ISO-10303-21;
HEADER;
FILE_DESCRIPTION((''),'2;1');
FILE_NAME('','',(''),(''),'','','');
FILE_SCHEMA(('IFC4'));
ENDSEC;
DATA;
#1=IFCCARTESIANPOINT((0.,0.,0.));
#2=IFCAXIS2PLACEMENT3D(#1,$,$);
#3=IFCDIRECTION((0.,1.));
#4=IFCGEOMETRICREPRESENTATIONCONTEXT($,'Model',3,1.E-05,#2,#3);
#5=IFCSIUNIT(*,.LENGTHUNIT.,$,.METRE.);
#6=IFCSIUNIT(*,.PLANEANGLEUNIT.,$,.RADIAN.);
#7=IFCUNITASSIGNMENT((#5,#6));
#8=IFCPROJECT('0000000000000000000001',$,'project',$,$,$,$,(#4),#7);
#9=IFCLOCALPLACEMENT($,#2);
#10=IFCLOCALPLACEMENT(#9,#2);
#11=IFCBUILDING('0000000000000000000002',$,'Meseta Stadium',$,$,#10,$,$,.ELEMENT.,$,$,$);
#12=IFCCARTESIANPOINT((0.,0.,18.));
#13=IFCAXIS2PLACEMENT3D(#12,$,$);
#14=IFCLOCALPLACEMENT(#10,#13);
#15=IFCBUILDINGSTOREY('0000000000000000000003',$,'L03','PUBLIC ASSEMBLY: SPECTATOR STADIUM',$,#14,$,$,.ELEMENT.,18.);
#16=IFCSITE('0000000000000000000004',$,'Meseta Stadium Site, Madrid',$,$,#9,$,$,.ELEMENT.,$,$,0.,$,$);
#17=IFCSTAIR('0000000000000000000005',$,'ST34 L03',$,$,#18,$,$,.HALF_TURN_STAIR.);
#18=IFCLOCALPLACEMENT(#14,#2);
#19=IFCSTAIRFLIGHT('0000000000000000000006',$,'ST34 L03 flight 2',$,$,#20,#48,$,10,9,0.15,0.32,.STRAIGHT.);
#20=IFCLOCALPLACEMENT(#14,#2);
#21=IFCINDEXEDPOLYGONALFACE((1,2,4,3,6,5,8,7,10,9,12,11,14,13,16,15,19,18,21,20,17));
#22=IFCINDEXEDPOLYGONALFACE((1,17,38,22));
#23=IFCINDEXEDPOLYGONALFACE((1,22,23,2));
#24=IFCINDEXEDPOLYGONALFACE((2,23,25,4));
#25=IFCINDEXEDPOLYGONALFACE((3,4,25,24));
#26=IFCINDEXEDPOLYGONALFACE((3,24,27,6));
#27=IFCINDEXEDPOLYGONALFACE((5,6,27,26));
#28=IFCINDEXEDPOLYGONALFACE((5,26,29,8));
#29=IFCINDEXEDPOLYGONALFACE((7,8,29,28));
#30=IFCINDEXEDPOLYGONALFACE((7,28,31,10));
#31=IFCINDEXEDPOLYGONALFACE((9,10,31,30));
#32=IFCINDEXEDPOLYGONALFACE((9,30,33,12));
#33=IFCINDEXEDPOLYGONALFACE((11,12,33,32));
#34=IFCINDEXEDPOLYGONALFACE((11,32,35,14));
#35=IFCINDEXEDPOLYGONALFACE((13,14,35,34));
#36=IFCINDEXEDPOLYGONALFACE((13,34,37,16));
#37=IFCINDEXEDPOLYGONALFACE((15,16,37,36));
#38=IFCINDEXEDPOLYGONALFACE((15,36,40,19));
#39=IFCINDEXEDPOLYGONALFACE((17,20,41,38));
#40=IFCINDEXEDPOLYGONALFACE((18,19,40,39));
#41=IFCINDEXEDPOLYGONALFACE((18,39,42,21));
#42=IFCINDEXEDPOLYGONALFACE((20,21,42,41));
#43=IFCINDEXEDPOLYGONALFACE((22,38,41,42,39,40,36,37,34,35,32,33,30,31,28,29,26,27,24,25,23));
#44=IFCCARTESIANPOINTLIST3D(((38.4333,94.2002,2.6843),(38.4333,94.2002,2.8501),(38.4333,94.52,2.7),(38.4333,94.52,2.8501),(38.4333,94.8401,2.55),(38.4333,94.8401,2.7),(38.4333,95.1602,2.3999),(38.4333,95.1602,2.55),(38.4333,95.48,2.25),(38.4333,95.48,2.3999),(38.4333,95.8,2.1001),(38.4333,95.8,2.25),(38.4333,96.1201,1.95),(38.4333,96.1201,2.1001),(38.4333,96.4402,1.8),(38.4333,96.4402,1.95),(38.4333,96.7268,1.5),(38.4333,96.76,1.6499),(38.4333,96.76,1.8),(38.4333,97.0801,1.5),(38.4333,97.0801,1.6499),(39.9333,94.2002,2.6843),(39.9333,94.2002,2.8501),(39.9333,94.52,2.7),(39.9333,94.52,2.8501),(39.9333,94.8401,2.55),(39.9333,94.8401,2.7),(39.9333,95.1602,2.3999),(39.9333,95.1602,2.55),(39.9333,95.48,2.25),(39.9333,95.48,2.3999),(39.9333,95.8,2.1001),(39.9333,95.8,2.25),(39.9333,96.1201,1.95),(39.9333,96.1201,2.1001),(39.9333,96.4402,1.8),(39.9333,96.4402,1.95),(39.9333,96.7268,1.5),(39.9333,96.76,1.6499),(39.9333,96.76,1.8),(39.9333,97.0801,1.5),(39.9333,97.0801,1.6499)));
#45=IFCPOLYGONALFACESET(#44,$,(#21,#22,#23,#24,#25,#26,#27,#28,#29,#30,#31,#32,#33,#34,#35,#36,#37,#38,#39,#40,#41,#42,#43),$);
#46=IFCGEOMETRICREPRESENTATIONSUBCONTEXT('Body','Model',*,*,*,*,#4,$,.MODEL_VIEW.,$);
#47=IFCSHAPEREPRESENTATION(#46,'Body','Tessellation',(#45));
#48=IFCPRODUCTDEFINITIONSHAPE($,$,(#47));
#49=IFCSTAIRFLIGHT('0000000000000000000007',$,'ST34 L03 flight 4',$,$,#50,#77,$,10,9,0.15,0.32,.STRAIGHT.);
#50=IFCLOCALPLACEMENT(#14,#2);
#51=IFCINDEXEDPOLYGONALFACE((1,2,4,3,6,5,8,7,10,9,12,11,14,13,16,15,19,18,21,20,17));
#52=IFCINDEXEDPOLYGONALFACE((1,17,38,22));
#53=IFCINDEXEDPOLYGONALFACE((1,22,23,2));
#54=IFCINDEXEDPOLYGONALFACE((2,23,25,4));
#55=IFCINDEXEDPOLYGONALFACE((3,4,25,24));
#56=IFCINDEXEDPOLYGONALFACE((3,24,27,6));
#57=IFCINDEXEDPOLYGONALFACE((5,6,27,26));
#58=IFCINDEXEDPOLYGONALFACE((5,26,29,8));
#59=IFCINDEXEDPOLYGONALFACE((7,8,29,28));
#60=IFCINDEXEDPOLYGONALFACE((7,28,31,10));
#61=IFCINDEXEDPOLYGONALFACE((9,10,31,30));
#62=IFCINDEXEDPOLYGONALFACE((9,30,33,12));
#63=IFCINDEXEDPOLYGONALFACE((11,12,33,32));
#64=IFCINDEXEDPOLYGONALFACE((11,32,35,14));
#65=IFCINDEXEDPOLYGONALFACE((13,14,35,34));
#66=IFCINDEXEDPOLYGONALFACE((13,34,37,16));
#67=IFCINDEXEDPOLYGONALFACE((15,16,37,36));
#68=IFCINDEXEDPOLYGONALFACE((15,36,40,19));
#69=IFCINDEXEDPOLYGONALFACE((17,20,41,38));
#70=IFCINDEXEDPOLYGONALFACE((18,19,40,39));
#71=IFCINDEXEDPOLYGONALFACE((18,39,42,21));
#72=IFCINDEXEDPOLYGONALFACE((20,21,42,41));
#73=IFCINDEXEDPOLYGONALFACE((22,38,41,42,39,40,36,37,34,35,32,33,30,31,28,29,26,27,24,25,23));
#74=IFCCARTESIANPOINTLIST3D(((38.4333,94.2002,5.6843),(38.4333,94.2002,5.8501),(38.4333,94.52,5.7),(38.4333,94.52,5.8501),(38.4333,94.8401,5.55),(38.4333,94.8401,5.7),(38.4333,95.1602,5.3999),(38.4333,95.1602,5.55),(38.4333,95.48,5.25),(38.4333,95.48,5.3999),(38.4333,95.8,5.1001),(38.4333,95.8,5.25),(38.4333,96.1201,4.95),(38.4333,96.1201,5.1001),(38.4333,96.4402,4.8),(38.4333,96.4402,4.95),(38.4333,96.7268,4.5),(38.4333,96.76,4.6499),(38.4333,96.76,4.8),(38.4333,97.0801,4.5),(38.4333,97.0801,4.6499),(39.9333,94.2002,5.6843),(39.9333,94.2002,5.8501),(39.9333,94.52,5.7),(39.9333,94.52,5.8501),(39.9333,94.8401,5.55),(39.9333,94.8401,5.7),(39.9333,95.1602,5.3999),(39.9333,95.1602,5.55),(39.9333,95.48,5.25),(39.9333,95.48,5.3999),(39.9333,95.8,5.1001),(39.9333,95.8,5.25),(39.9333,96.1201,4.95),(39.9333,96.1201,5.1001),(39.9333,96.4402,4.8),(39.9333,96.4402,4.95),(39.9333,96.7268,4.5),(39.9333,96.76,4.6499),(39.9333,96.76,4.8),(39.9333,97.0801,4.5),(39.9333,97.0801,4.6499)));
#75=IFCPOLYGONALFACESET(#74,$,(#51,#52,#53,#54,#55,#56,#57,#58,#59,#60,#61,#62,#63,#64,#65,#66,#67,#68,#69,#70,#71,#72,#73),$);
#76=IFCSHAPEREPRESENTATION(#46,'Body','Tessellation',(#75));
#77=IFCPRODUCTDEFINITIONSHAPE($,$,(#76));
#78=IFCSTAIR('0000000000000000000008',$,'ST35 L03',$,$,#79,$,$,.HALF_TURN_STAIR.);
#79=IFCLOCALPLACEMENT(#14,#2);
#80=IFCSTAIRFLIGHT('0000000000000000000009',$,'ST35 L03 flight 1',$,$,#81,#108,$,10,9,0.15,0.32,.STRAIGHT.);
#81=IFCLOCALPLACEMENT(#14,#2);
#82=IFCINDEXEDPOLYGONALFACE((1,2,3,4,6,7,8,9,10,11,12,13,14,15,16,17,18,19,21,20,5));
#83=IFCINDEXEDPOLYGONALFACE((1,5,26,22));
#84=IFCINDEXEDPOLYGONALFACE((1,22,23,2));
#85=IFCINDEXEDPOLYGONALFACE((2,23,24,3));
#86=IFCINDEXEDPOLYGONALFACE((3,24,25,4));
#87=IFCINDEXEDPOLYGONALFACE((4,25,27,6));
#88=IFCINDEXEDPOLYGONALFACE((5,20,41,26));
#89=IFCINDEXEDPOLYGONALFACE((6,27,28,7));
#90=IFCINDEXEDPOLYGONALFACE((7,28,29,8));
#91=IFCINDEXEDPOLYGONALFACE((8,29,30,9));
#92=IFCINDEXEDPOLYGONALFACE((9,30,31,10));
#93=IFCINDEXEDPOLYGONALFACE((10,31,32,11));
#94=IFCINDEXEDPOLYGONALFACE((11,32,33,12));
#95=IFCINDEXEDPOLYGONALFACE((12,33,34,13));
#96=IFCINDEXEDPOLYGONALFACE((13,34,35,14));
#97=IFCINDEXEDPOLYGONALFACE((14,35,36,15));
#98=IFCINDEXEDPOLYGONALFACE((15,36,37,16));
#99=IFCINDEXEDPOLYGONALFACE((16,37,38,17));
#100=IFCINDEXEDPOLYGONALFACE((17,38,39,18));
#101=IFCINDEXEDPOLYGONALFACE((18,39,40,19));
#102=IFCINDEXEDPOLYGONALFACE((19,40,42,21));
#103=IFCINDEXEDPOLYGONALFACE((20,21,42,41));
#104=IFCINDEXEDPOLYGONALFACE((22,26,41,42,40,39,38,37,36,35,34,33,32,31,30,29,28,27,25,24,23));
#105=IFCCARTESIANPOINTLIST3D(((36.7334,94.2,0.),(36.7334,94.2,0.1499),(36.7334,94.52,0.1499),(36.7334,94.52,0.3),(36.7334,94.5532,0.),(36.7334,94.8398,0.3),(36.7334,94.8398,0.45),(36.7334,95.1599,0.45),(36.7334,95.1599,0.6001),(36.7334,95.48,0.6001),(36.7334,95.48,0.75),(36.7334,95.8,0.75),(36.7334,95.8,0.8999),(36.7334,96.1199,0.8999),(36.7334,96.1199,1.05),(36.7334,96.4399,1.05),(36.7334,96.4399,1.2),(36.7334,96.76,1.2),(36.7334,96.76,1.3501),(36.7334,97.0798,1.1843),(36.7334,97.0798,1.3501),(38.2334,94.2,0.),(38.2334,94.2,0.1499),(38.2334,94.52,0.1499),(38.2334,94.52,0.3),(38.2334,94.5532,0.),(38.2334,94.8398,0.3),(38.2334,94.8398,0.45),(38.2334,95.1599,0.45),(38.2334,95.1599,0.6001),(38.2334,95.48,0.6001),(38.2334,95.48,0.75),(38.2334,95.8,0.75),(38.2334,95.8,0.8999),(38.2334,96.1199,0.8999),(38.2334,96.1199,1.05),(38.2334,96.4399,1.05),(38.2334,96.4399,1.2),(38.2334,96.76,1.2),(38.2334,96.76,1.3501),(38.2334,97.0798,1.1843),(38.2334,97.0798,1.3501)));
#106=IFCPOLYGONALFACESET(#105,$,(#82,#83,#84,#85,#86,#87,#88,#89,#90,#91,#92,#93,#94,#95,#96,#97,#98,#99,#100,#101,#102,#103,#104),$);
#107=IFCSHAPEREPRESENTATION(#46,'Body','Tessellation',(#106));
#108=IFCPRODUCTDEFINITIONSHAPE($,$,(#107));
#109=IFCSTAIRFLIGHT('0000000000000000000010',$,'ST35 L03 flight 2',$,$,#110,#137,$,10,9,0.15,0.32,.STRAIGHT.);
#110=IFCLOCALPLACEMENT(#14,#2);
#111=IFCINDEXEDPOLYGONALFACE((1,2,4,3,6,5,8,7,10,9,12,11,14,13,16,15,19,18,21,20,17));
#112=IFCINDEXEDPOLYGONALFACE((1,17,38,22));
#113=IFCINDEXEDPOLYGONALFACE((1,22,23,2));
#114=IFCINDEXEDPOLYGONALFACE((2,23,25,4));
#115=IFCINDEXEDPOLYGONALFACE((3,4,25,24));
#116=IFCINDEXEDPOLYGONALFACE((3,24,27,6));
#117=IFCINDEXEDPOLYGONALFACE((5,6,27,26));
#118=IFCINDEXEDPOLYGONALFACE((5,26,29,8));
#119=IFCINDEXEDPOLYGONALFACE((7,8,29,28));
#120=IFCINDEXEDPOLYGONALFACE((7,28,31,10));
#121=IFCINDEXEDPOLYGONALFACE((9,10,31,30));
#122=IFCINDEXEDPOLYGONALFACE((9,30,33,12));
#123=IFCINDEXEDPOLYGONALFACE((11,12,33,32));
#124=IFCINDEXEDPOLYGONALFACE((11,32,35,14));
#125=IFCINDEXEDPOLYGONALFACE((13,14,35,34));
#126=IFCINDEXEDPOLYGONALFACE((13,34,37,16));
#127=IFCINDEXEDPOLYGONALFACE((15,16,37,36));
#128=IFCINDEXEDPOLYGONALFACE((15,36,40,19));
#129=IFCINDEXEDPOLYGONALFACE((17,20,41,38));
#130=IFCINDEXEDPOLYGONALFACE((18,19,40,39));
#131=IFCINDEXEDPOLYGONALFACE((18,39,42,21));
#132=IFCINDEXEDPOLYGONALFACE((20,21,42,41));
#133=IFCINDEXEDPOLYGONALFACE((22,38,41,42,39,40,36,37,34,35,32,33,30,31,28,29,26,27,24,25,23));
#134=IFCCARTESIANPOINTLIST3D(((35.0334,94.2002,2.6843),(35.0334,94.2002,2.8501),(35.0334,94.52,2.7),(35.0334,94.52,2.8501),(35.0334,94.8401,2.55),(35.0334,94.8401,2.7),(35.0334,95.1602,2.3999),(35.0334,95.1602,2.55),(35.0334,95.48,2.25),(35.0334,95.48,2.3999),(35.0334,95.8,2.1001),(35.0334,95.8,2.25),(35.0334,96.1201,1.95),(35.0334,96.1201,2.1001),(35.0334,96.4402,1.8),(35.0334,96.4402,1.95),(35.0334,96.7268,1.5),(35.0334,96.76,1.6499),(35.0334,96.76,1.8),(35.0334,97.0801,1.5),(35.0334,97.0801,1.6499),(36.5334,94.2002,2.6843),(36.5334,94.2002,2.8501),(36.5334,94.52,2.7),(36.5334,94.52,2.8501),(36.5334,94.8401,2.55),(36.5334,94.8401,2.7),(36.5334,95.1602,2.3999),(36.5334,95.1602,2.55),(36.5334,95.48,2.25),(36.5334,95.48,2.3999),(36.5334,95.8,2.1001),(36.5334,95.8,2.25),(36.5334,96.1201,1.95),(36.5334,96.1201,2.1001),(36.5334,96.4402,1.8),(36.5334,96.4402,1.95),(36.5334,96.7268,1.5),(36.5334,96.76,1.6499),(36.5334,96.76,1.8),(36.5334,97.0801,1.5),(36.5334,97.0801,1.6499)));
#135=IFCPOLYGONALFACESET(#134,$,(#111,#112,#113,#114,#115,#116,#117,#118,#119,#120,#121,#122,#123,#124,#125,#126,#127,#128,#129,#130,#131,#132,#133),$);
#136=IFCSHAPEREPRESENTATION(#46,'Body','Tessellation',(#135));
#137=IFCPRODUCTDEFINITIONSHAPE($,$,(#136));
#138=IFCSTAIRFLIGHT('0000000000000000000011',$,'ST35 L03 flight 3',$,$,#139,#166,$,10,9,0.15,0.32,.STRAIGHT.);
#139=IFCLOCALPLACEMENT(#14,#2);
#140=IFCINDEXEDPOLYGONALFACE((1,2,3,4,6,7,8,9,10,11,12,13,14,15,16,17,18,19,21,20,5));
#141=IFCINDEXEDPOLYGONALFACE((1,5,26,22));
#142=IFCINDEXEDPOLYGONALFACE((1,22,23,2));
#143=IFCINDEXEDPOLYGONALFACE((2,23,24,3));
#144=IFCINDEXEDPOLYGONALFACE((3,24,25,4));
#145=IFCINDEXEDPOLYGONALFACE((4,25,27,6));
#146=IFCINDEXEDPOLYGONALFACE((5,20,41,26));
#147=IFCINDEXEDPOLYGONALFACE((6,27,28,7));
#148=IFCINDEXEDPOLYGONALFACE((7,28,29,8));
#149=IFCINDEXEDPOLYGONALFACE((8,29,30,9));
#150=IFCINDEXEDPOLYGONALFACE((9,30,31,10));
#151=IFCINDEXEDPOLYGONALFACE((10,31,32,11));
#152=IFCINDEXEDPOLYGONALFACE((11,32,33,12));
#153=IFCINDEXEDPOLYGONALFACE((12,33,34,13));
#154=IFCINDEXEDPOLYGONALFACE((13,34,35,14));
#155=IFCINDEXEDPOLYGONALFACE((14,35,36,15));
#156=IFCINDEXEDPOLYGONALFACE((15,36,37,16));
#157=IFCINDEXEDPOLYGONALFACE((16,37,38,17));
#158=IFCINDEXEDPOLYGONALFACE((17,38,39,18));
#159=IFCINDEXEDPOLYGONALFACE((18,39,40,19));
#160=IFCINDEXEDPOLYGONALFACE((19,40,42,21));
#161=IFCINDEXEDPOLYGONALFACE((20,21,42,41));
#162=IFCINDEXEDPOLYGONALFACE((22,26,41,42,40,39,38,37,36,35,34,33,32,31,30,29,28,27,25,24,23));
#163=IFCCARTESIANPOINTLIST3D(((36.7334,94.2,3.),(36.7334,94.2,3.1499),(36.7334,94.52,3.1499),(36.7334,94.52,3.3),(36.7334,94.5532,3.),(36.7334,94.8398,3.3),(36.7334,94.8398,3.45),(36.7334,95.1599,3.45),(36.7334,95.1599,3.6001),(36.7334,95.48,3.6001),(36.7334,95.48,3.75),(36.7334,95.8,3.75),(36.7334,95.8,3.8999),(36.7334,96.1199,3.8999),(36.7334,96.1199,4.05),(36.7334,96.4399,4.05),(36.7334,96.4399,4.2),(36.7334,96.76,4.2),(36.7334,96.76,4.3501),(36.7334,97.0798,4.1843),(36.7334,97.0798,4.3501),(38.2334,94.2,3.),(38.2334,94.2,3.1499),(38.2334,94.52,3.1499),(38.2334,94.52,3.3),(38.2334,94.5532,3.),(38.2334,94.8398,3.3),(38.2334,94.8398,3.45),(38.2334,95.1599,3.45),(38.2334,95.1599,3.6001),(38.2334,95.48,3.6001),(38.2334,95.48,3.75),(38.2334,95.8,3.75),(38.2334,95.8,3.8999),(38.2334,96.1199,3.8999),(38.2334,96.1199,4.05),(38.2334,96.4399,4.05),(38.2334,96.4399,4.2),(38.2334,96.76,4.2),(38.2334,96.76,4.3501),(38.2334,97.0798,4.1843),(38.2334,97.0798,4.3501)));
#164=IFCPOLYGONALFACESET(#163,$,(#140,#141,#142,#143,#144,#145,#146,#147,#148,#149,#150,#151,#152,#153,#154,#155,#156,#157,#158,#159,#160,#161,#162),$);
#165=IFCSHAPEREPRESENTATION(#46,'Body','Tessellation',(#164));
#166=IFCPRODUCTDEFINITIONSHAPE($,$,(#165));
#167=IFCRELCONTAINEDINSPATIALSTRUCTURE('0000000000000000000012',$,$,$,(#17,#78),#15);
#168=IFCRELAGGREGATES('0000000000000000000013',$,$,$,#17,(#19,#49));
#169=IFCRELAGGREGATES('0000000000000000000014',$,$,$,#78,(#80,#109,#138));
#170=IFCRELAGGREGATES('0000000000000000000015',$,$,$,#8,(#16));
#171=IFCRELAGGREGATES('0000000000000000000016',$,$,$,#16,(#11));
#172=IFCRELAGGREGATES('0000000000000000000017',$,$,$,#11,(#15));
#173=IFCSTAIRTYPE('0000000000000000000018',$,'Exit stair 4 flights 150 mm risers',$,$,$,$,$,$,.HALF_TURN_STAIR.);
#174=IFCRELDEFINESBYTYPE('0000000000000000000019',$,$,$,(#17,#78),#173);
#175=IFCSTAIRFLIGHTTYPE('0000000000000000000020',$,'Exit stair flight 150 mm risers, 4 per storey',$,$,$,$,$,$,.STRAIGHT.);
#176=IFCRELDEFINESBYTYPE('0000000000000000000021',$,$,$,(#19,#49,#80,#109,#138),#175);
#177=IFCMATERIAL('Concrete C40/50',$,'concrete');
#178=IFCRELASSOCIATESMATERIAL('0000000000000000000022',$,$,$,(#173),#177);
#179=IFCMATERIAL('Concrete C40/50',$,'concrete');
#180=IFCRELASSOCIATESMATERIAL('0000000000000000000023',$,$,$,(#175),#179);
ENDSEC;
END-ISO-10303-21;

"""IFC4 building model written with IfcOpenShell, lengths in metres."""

from ifc_helpers import new_model, si_unit, direction, frame, origin, place, context, subcontext, project, spatial, polyline, outline, extrude, material, type_object, element, aggregate, save


model = new_model("IFC4")

# Units and contexts
model_context = context("Model", 3, precision=1e-05, world=origin(), true_north=direction((0.0, 1.0)))
body_context = subcontext(model_context, "Body", "Model", "MODEL_VIEW")
ifc_project = project(units=[si_unit("LENGTHUNIT", "METRE"), si_unit("PLANEANGLEUNIT", "RADIAN")], contexts=[model_context])

# Site, building, storey
site_placement = place(None, origin())
site = spatial("IfcSite", under=ifc_project, at=site_placement, Name="Meseta Stadium Site, Madrid", CompositionType="ELEMENT", RefElevation=0.0)
building_placement = place(site_placement, origin())
building = spatial("IfcBuilding", under=site, at=building_placement, Name="Meseta Stadium", CompositionType="ELEMENT")
storey_placement = place(building_placement, frame((0.0, 0.0, 18.0)))
storey = spatial("IfcBuildingStorey", under=building, at=storey_placement, Name="L03", Description="PUBLIC ASSEMBLY: SPECTATOR STADIUM", CompositionType="ELEMENT", Elevation=18.0)

# Stairs, stair flights
ifc_material_1 = material(Name="Concrete C40/50", Category="concrete")
stair_type = type_object("IfcStairType", Name="Exit stair 4 flights 150 mm risers", PredefinedType="HALF_TURN_STAIR", material=ifc_material_1)
stair_1_placement = place(storey_placement, origin())
stair_1 = element("IfcStair", 1, at=stair_1_placement, inside=storey, type_object=stair_type, Name="ST34 L03", PredefinedType="HALF_TURN_STAIR")
ifc_material_2 = material(Name="Concrete C40/50", Category="concrete")
stair_flight_type = type_object("IfcStairFlightType", Name="Exit stair flight 150 mm risers, 4 per storey", PredefinedType="STRAIGHT", material=ifc_material_2)
stair_flight_1_placement = place(storey_placement, frame((39.1833, 97.0801, 1.5), z_axis=(0.0, 0.0, 1.0), x_axis=(0.0, -1.0, 0.0)))
stair_flight_1 = element("IfcStairFlight", 2, at=stair_flight_1_placement, type_object=stair_flight_type, Name="ST34 L03 flight 2", NumberOfRisers=10, NumberOfTreads=9, PredefinedType="STRAIGHT", RiserHeight=0.15, TreadLength=0.32, context=body_context, shape_type="SweptSolid", body=[
    extrude(outline(polyline([(0.0, 0.0), (0.0, 0.1499), (0.3201, 0.1499), (0.3201, 0.3), (0.6399, 0.3), (0.6399, 0.45), (0.96, 0.45), (0.96, 0.6001), (1.28, 0.6001), (1.28, 0.75), (1.6001, 0.75), (1.6001, 0.8999), (1.9199, 0.8999), (1.9199, 1.05), (2.24, 1.05), (2.24, 1.2), (2.5601, 1.2), (2.5601, 1.3501), (2.8799, 1.3501), (2.8799, 1.1843), (0.3533, 0.0), (0.0, 0.0)])), frame((0.0, 0.75, 0.0), z_axis=(0.0, -1.0, 0.0), x_axis=(1.0, 0.0, 0.0)), (0.0, 0.0, 1.0), 1.5),
])
stair_flight_2_placement = place(storey_placement, frame((39.1833, 97.0801, 4.5), z_axis=(0.0, 0.0, 1.0), x_axis=(0.0, -1.0, 0.0)))
stair_flight_2 = element("IfcStairFlight", 3, at=stair_flight_2_placement, type_object=stair_flight_type, Name="ST34 L03 flight 4", NumberOfRisers=10, NumberOfTreads=9, PredefinedType="STRAIGHT", RiserHeight=0.15, TreadLength=0.32, context=body_context, shape_type="SweptSolid", body=[
    extrude(outline(polyline([(0.0, 0.0), (0.0, 0.1499), (0.3201, 0.1499), (0.3201, 0.3), (0.6399, 0.3), (0.6399, 0.45), (0.96, 0.45), (0.96, 0.6001), (1.28, 0.6001), (1.28, 0.75), (1.6001, 0.75), (1.6001, 0.8999), (1.9199, 0.8999), (1.9199, 1.05), (2.24, 1.05), (2.24, 1.2), (2.5601, 1.2), (2.5601, 1.3501), (2.8799, 1.3501), (2.8799, 1.1843), (0.3533, 0.0), (0.0, 0.0)])), frame((0.0, 0.75, 0.0), z_axis=(0.0, -1.0, 0.0), x_axis=(1.0, 0.0, 0.0)), (0.0, 0.0, 1.0), 1.5),
])
aggregate(stair_1, [stair_flight_1, stair_flight_2])
stair_2_placement = place(storey_placement, origin())
stair_2 = element("IfcStair", 4, at=stair_2_placement, inside=storey, type_object=stair_type, Name="ST35 L03", PredefinedType="HALF_TURN_STAIR")
stair_flight_3_placement = place(storey_placement, frame((37.4834, 94.2, 0.0), z_axis=(0.0, 0.0, 1.0), x_axis=(0.0, 1.0, 0.0)))
stair_flight_3 = element("IfcStairFlight", 5, at=stair_flight_3_placement, type_object=stair_flight_type, Name="ST35 L03 flight 1", NumberOfRisers=10, NumberOfTreads=9, PredefinedType="STRAIGHT", RiserHeight=0.15, TreadLength=0.32, context=body_context, shape_type="SweptSolid", body=[
    extrude(outline(polyline([(0.0, 0.0), (0.0, 0.1499), (0.3201, 0.1499), (0.3201, 0.3), (0.6399, 0.3), (0.6399, 0.45), (0.96, 0.45), (0.96, 0.6001), (1.28, 0.6001), (1.28, 0.75), (1.6001, 0.75), (1.6001, 0.8999), (1.9199, 0.8999), (1.9199, 1.05), (2.24, 1.05), (2.24, 1.2), (2.5601, 1.2), (2.5601, 1.3501), (2.8799, 1.3501), (2.8799, 1.1843), (0.3533, 0.0), (0.0, 0.0)])), frame((0.0, 0.75, 0.0), z_axis=(0.0, -1.0, 0.0), x_axis=(1.0, 0.0, 0.0)), (0.0, 0.0, 1.0), 1.5),
])
stair_flight_4_placement = place(storey_placement, frame((35.7834, 97.0801, 1.5), z_axis=(0.0, 0.0, 1.0), x_axis=(0.0, -1.0, 0.0)))
stair_flight_4 = element("IfcStairFlight", 6, at=stair_flight_4_placement, type_object=stair_flight_type, Name="ST35 L03 flight 2", NumberOfRisers=10, NumberOfTreads=9, PredefinedType="STRAIGHT", RiserHeight=0.15, TreadLength=0.32, context=body_context, shape_type="SweptSolid", body=[
    extrude(outline(polyline([(0.0, 0.0), (0.0, 0.1499), (0.3201, 0.1499), (0.3201, 0.3), (0.6399, 0.3), (0.6399, 0.45), (0.96, 0.45), (0.96, 0.6001), (1.28, 0.6001), (1.28, 0.75), (1.6001, 0.75), (1.6001, 0.8999), (1.9199, 0.8999), (1.9199, 1.05), (2.24, 1.05), (2.24, 1.2), (2.5601, 1.2), (2.5601, 1.3501), (2.8799, 1.3501), (2.8799, 1.1843), (0.3533, 0.0), (0.0, 0.0)])), frame((0.0, 0.75, 0.0), z_axis=(0.0, -1.0, 0.0), x_axis=(1.0, 0.0, 0.0)), (0.0, 0.0, 1.0), 1.5),
])
stair_flight_5_placement = place(storey_placement, frame((37.4834, 94.2, 3.0), z_axis=(0.0, 0.0, 1.0), x_axis=(0.0, 1.0, 0.0)))
stair_flight_5 = element("IfcStairFlight", 7, at=stair_flight_5_placement, type_object=stair_flight_type, Name="ST35 L03 flight 3", NumberOfRisers=10, NumberOfTreads=9, PredefinedType="STRAIGHT", RiserHeight=0.15, TreadLength=0.32, context=body_context, shape_type="SweptSolid", body=[
    extrude(outline(polyline([(0.0, 0.0), (0.0, 0.1499), (0.3201, 0.1499), (0.3201, 0.3), (0.6399, 0.3), (0.6399, 0.45), (0.96, 0.45), (0.96, 0.6001), (1.28, 0.6001), (1.28, 0.75), (1.6001, 0.75), (1.6001, 0.8999), (1.9199, 0.8999), (1.9199, 1.05), (2.24, 1.05), (2.24, 1.2), (2.5601, 1.2), (2.5601, 1.3501), (2.8799, 1.3501), (2.8799, 1.1843), (0.3533, 0.0), (0.0, 0.0)])), frame((0.0, 0.75, 0.0), z_axis=(0.0, -1.0, 0.0), x_axis=(1.0, 0.0, 0.0)), (0.0, 0.0, 1.0), 1.5),
])
aggregate(stair_2, [stair_flight_3, stair_flight_4, stair_flight_5])

save(model, "model.ifc")
